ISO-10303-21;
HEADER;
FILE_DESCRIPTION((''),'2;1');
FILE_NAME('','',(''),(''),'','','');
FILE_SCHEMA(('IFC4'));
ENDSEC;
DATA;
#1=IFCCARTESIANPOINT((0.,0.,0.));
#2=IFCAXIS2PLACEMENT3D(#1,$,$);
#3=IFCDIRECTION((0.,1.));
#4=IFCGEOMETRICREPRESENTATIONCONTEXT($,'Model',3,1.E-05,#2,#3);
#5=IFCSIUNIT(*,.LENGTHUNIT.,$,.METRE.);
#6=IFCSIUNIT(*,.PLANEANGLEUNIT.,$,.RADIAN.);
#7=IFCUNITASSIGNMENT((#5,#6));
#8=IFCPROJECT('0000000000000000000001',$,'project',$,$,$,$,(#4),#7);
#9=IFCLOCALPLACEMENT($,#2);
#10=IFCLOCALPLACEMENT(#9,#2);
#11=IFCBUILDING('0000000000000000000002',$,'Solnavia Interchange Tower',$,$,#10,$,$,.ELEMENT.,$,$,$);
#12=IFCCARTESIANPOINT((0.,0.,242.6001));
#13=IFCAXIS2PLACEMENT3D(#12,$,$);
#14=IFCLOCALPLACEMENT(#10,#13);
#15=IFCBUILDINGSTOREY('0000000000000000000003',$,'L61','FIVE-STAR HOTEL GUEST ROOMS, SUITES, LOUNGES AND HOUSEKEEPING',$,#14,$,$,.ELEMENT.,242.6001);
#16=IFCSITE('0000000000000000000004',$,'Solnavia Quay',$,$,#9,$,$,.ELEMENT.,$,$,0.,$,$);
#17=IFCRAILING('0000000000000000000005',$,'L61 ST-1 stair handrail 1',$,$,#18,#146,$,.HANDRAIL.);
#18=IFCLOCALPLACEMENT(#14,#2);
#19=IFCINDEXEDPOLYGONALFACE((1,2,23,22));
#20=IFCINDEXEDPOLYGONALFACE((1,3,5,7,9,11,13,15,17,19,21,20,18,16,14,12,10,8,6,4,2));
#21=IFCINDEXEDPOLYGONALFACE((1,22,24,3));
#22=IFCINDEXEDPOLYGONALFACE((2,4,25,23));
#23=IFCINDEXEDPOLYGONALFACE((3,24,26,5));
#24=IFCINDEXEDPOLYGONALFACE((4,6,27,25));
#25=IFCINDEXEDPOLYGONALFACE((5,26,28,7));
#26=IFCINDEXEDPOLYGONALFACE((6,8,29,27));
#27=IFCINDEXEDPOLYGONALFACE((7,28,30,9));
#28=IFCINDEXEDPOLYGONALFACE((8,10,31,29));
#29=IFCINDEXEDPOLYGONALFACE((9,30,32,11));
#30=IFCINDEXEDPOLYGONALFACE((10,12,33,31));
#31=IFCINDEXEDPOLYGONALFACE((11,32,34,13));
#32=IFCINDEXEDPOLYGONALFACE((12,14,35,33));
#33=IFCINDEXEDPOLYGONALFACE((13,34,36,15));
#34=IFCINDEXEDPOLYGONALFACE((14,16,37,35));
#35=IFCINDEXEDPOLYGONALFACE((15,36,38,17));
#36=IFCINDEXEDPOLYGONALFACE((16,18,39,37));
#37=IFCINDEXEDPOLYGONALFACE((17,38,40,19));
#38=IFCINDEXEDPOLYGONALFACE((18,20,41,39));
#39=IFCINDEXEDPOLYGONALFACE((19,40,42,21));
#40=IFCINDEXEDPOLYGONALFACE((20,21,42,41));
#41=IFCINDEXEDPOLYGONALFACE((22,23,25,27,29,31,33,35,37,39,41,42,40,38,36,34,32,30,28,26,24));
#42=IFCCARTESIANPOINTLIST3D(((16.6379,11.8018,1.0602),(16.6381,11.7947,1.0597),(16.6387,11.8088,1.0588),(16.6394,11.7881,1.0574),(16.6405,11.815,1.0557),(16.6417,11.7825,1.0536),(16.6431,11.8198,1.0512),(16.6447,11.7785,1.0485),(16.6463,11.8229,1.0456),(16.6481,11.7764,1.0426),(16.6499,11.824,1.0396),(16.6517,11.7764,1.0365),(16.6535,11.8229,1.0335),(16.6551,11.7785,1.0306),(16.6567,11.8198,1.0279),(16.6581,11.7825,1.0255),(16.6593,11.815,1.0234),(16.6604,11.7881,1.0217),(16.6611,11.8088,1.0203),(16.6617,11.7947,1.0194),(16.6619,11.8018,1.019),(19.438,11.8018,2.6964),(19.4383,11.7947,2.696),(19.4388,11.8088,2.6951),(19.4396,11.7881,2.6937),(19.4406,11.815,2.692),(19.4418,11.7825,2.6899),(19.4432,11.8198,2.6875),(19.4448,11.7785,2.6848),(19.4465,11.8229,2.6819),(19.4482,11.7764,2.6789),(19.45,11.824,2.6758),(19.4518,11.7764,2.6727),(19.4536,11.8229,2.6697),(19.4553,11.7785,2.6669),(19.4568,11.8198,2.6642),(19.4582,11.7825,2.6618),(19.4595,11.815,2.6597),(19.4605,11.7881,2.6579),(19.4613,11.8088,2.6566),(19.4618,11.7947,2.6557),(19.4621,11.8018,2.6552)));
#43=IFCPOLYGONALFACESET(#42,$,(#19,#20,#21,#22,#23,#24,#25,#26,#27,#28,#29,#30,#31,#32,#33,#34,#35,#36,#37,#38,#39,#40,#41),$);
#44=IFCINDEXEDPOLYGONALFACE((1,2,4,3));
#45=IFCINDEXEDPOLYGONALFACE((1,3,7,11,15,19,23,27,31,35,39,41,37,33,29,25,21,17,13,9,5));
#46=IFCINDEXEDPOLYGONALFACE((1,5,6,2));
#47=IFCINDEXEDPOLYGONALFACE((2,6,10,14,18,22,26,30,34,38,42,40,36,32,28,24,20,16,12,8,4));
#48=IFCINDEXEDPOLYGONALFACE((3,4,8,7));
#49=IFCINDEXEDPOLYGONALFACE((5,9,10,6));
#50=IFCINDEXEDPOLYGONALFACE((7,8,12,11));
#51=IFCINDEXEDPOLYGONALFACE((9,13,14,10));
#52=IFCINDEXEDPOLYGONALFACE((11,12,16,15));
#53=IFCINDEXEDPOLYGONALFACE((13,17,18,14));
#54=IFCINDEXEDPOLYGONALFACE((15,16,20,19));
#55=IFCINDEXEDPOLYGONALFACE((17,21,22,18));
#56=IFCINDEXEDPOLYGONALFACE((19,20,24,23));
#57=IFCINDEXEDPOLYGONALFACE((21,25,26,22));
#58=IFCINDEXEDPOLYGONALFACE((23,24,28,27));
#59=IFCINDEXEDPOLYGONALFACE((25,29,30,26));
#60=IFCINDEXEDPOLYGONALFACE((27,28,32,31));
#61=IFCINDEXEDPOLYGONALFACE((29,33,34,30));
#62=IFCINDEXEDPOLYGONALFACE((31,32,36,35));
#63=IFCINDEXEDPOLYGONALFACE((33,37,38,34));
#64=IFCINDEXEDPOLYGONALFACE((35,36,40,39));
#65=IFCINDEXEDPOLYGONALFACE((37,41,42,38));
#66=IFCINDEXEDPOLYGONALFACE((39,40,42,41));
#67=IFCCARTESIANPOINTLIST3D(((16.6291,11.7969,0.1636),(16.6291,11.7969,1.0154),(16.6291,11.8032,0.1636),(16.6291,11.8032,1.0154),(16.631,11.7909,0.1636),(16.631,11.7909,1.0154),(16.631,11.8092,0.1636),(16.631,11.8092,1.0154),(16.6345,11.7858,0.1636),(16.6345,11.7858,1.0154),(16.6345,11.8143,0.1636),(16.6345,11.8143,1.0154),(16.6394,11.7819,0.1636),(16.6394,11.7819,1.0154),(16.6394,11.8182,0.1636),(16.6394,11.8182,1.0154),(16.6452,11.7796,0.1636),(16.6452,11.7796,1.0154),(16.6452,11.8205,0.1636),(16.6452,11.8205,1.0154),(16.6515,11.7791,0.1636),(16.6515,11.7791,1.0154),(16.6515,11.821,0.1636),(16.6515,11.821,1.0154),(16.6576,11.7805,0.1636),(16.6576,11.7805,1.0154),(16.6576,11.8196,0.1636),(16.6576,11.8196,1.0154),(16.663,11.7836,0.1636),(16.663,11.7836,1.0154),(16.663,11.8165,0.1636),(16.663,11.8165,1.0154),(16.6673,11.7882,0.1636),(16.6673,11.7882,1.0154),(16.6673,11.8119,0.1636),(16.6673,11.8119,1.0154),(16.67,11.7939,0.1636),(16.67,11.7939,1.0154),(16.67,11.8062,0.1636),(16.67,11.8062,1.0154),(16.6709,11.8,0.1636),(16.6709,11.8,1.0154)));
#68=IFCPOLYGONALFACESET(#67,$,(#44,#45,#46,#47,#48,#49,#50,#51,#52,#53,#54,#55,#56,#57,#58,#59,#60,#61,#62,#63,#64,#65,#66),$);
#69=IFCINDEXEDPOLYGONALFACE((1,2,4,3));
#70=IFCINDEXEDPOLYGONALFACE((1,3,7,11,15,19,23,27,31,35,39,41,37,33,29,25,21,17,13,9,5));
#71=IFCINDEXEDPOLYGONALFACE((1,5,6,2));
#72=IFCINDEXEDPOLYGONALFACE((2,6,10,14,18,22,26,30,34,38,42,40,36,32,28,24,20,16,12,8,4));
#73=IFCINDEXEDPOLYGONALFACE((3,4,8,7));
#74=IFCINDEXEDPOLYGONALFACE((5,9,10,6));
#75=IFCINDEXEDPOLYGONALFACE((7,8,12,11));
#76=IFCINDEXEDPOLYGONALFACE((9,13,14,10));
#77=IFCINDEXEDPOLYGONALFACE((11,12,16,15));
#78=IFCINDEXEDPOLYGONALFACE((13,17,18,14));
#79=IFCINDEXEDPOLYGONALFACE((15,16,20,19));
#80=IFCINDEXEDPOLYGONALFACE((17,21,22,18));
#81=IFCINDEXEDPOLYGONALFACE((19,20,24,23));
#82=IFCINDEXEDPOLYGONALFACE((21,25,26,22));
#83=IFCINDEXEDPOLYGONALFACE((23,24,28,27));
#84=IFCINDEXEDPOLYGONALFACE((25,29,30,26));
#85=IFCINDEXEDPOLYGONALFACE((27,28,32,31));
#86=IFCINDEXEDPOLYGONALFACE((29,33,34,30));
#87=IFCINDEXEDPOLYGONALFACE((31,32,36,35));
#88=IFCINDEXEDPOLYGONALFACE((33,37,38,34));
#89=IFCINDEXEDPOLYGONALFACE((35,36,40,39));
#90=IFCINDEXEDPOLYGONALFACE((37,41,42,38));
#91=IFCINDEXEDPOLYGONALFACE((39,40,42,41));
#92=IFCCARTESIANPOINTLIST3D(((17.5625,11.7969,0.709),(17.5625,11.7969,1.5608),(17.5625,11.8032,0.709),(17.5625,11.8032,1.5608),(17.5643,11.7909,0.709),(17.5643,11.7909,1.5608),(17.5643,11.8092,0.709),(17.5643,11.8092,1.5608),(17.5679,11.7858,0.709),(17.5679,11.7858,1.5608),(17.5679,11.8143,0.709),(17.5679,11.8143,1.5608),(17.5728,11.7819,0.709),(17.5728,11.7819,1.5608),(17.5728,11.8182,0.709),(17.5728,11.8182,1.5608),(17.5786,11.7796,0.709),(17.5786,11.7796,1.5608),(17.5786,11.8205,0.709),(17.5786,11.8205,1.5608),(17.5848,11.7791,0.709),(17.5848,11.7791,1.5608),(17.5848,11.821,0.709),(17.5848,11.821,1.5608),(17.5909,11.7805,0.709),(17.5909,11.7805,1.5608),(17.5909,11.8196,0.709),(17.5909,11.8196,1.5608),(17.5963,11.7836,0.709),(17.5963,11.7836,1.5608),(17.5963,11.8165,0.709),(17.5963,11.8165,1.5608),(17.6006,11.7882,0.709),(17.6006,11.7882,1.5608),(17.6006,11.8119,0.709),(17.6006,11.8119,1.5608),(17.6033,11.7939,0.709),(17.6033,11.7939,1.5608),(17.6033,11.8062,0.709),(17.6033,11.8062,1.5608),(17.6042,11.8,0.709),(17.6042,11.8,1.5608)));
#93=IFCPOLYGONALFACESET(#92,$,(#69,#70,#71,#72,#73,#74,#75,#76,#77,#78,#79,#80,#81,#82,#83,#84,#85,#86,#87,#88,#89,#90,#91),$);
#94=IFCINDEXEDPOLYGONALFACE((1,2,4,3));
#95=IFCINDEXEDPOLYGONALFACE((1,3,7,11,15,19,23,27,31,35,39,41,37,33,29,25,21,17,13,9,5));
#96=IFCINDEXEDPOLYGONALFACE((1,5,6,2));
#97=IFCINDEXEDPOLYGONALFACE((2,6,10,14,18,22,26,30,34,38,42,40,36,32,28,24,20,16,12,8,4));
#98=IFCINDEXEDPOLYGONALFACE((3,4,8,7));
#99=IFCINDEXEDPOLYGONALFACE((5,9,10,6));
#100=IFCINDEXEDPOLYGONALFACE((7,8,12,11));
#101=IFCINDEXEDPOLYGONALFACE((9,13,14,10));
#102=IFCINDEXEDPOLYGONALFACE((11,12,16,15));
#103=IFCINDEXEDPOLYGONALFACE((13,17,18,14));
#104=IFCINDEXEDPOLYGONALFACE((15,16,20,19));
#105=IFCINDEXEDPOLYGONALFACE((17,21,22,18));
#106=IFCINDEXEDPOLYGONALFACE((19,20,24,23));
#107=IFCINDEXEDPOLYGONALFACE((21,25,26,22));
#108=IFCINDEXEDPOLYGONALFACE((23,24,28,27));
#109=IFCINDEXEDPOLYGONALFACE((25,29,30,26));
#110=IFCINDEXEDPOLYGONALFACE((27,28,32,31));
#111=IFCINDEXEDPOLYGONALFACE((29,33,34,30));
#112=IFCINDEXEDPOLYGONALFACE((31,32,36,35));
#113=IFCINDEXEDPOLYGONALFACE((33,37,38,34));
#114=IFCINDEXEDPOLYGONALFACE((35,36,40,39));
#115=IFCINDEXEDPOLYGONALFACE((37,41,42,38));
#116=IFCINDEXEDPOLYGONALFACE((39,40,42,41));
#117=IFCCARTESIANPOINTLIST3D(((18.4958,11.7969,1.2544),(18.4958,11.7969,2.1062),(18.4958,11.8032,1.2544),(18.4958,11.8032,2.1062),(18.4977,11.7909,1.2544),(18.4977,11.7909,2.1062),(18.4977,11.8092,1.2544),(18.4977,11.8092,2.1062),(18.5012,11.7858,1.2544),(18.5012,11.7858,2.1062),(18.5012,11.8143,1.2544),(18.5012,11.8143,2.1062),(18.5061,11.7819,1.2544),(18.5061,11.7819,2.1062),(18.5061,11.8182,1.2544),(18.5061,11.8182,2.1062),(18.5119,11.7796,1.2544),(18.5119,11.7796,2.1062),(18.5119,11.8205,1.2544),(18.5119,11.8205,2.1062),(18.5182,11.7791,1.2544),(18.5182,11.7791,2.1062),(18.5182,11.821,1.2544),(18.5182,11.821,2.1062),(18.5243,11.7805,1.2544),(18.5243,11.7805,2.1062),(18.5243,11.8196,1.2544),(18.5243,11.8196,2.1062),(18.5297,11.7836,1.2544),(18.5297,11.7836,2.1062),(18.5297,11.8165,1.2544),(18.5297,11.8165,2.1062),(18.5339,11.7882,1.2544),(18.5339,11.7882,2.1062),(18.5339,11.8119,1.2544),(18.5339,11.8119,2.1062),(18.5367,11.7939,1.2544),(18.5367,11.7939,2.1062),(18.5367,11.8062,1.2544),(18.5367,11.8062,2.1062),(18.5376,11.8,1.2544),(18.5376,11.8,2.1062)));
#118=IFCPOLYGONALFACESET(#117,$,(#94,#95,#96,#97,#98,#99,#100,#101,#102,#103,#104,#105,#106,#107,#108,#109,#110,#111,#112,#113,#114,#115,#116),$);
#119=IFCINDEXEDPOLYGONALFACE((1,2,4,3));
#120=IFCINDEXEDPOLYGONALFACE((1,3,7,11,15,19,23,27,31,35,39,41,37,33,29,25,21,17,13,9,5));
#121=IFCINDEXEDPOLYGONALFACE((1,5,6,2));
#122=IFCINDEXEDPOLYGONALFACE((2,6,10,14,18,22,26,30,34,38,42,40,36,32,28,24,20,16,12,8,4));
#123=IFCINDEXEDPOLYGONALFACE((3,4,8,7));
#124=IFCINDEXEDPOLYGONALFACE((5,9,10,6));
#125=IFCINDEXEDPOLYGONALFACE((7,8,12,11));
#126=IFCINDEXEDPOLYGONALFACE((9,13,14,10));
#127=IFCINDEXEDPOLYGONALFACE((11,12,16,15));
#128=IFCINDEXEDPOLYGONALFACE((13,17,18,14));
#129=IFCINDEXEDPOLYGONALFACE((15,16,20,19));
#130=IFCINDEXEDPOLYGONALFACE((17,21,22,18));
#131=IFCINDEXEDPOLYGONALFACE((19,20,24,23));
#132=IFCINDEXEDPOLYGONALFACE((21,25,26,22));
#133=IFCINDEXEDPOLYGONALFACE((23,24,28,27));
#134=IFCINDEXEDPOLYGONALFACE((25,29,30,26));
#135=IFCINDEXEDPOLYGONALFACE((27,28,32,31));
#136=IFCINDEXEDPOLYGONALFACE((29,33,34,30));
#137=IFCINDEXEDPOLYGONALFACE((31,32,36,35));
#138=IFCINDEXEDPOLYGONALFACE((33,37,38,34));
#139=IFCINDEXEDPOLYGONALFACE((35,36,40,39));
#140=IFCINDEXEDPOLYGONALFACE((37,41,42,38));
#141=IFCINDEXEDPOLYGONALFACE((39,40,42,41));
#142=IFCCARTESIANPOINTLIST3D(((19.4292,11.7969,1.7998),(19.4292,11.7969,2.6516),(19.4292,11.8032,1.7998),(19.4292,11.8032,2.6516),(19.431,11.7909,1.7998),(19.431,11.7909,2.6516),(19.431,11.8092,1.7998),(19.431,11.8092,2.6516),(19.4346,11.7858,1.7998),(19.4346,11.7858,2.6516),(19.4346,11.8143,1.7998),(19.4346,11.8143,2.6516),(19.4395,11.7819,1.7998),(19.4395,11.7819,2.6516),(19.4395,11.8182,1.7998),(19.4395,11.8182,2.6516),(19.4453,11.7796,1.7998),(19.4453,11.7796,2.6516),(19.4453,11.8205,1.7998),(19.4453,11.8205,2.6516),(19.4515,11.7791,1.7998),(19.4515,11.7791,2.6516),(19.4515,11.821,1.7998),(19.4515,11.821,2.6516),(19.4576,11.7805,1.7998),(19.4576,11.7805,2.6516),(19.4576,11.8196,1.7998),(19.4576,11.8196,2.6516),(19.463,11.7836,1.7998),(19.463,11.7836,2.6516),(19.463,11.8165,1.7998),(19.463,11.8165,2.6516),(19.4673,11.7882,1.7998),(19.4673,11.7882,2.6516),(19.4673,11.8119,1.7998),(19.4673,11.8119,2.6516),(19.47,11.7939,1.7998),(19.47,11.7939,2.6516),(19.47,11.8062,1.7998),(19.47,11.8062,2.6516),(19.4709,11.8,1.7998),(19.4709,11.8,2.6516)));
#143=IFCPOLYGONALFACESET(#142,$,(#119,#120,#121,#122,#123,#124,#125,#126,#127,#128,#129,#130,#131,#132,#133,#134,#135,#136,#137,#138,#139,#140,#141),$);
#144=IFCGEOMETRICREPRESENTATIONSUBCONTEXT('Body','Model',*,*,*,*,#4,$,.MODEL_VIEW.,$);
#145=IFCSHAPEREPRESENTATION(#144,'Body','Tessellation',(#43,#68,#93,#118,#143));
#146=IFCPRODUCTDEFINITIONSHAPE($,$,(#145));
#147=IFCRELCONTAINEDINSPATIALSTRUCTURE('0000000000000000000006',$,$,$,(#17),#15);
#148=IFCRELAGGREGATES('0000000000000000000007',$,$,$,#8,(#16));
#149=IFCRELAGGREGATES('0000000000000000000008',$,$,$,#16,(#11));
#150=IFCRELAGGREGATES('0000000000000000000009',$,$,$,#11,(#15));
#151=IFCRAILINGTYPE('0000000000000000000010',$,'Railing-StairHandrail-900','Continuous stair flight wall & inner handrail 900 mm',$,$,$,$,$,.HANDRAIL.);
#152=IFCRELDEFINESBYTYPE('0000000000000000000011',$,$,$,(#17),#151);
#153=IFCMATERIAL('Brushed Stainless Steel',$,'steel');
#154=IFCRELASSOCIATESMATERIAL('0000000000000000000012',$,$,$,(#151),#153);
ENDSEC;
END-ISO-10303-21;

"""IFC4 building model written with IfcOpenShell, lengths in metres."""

from ifc_helpers import new_model, si_unit, direction, frame, origin, origin_2d, place, context, subcontext, project, spatial, circle, extrude, material, type_object, element, save


model = new_model("IFC4")

# Units and contexts
model_context = context("Model", 3, precision=1e-05, world=origin(), true_north=direction((0.0, 1.0)))
body_context = subcontext(model_context, "Body", "Model", "MODEL_VIEW")
ifc_project = project(units=[si_unit("LENGTHUNIT", "METRE"), si_unit("PLANEANGLEUNIT", "RADIAN")], contexts=[model_context])

# Site, building, storey
site_placement = place(None, origin())
site = spatial("IfcSite", under=ifc_project, at=site_placement, Name="Solnavia Quay", CompositionType="ELEMENT", RefElevation=0.0)
building_placement = place(site_placement, origin())
building = spatial("IfcBuilding", under=site, at=building_placement, Name="Solnavia Interchange Tower", CompositionType="ELEMENT")
storey_placement = place(building_placement, frame((0.0, 0.0, 242.6001)))
storey = spatial("IfcBuildingStorey", under=building, at=storey_placement, Name="L61", Description="FIVE-STAR HOTEL GUEST ROOMS, SUITES, LOUNGES AND HOUSEKEEPING", CompositionType="ELEMENT", Elevation=242.6001)

# Railing
ifc_material_1 = material(Name="Brushed Stainless Steel", Category="steel")
railing_type_1 = type_object("IfcRailingType", Name="Railing-StairHandrail-900", Description="Continuous stair flight wall & inner handrail 900 mm", PredefinedType="HANDRAIL", material=ifc_material_1)
railing_1_placement = place(storey_placement, frame((16.6499, 11.8, 0.1636)))
element("IfcRailing", 1, at=railing_1_placement, inside=storey, type_object=railing_type_1, Name="L61 ST-1 stair handrail 1", PredefinedType="HANDRAIL", context=body_context, shape_type="SweptSolid", body=[
    extrude(circle(Radius=0.0239, at=origin_2d()), frame((0.0, 0.0, 0.876), z_axis=(0.863394, 0.0, 0.504531), x_axis=(0.0, 1.0, 0.0)), (0.0, 0.0, 1.0), 3.2432),
    extrude(circle(Radius=0.021, at=origin_2d()), origin(), (0.0, 0.0, 1.0), 0.8518),
    extrude(circle(Radius=0.021, at=origin_2d()), frame((0.9333, 0.0, 0.5454)), (0.0, 0.0, 1.0), 0.8518),
    extrude(circle(Radius=0.021, at=origin_2d()), frame((1.8667, 0.0, 1.0908)), (0.0, 0.0, 1.0), 0.8518),
    extrude(circle(Radius=0.021, at=origin_2d()), frame((2.8, 0.0, 1.6362)), (0.0, 0.0, 1.0), 0.8518),
])

save(model, "model.ifc")
